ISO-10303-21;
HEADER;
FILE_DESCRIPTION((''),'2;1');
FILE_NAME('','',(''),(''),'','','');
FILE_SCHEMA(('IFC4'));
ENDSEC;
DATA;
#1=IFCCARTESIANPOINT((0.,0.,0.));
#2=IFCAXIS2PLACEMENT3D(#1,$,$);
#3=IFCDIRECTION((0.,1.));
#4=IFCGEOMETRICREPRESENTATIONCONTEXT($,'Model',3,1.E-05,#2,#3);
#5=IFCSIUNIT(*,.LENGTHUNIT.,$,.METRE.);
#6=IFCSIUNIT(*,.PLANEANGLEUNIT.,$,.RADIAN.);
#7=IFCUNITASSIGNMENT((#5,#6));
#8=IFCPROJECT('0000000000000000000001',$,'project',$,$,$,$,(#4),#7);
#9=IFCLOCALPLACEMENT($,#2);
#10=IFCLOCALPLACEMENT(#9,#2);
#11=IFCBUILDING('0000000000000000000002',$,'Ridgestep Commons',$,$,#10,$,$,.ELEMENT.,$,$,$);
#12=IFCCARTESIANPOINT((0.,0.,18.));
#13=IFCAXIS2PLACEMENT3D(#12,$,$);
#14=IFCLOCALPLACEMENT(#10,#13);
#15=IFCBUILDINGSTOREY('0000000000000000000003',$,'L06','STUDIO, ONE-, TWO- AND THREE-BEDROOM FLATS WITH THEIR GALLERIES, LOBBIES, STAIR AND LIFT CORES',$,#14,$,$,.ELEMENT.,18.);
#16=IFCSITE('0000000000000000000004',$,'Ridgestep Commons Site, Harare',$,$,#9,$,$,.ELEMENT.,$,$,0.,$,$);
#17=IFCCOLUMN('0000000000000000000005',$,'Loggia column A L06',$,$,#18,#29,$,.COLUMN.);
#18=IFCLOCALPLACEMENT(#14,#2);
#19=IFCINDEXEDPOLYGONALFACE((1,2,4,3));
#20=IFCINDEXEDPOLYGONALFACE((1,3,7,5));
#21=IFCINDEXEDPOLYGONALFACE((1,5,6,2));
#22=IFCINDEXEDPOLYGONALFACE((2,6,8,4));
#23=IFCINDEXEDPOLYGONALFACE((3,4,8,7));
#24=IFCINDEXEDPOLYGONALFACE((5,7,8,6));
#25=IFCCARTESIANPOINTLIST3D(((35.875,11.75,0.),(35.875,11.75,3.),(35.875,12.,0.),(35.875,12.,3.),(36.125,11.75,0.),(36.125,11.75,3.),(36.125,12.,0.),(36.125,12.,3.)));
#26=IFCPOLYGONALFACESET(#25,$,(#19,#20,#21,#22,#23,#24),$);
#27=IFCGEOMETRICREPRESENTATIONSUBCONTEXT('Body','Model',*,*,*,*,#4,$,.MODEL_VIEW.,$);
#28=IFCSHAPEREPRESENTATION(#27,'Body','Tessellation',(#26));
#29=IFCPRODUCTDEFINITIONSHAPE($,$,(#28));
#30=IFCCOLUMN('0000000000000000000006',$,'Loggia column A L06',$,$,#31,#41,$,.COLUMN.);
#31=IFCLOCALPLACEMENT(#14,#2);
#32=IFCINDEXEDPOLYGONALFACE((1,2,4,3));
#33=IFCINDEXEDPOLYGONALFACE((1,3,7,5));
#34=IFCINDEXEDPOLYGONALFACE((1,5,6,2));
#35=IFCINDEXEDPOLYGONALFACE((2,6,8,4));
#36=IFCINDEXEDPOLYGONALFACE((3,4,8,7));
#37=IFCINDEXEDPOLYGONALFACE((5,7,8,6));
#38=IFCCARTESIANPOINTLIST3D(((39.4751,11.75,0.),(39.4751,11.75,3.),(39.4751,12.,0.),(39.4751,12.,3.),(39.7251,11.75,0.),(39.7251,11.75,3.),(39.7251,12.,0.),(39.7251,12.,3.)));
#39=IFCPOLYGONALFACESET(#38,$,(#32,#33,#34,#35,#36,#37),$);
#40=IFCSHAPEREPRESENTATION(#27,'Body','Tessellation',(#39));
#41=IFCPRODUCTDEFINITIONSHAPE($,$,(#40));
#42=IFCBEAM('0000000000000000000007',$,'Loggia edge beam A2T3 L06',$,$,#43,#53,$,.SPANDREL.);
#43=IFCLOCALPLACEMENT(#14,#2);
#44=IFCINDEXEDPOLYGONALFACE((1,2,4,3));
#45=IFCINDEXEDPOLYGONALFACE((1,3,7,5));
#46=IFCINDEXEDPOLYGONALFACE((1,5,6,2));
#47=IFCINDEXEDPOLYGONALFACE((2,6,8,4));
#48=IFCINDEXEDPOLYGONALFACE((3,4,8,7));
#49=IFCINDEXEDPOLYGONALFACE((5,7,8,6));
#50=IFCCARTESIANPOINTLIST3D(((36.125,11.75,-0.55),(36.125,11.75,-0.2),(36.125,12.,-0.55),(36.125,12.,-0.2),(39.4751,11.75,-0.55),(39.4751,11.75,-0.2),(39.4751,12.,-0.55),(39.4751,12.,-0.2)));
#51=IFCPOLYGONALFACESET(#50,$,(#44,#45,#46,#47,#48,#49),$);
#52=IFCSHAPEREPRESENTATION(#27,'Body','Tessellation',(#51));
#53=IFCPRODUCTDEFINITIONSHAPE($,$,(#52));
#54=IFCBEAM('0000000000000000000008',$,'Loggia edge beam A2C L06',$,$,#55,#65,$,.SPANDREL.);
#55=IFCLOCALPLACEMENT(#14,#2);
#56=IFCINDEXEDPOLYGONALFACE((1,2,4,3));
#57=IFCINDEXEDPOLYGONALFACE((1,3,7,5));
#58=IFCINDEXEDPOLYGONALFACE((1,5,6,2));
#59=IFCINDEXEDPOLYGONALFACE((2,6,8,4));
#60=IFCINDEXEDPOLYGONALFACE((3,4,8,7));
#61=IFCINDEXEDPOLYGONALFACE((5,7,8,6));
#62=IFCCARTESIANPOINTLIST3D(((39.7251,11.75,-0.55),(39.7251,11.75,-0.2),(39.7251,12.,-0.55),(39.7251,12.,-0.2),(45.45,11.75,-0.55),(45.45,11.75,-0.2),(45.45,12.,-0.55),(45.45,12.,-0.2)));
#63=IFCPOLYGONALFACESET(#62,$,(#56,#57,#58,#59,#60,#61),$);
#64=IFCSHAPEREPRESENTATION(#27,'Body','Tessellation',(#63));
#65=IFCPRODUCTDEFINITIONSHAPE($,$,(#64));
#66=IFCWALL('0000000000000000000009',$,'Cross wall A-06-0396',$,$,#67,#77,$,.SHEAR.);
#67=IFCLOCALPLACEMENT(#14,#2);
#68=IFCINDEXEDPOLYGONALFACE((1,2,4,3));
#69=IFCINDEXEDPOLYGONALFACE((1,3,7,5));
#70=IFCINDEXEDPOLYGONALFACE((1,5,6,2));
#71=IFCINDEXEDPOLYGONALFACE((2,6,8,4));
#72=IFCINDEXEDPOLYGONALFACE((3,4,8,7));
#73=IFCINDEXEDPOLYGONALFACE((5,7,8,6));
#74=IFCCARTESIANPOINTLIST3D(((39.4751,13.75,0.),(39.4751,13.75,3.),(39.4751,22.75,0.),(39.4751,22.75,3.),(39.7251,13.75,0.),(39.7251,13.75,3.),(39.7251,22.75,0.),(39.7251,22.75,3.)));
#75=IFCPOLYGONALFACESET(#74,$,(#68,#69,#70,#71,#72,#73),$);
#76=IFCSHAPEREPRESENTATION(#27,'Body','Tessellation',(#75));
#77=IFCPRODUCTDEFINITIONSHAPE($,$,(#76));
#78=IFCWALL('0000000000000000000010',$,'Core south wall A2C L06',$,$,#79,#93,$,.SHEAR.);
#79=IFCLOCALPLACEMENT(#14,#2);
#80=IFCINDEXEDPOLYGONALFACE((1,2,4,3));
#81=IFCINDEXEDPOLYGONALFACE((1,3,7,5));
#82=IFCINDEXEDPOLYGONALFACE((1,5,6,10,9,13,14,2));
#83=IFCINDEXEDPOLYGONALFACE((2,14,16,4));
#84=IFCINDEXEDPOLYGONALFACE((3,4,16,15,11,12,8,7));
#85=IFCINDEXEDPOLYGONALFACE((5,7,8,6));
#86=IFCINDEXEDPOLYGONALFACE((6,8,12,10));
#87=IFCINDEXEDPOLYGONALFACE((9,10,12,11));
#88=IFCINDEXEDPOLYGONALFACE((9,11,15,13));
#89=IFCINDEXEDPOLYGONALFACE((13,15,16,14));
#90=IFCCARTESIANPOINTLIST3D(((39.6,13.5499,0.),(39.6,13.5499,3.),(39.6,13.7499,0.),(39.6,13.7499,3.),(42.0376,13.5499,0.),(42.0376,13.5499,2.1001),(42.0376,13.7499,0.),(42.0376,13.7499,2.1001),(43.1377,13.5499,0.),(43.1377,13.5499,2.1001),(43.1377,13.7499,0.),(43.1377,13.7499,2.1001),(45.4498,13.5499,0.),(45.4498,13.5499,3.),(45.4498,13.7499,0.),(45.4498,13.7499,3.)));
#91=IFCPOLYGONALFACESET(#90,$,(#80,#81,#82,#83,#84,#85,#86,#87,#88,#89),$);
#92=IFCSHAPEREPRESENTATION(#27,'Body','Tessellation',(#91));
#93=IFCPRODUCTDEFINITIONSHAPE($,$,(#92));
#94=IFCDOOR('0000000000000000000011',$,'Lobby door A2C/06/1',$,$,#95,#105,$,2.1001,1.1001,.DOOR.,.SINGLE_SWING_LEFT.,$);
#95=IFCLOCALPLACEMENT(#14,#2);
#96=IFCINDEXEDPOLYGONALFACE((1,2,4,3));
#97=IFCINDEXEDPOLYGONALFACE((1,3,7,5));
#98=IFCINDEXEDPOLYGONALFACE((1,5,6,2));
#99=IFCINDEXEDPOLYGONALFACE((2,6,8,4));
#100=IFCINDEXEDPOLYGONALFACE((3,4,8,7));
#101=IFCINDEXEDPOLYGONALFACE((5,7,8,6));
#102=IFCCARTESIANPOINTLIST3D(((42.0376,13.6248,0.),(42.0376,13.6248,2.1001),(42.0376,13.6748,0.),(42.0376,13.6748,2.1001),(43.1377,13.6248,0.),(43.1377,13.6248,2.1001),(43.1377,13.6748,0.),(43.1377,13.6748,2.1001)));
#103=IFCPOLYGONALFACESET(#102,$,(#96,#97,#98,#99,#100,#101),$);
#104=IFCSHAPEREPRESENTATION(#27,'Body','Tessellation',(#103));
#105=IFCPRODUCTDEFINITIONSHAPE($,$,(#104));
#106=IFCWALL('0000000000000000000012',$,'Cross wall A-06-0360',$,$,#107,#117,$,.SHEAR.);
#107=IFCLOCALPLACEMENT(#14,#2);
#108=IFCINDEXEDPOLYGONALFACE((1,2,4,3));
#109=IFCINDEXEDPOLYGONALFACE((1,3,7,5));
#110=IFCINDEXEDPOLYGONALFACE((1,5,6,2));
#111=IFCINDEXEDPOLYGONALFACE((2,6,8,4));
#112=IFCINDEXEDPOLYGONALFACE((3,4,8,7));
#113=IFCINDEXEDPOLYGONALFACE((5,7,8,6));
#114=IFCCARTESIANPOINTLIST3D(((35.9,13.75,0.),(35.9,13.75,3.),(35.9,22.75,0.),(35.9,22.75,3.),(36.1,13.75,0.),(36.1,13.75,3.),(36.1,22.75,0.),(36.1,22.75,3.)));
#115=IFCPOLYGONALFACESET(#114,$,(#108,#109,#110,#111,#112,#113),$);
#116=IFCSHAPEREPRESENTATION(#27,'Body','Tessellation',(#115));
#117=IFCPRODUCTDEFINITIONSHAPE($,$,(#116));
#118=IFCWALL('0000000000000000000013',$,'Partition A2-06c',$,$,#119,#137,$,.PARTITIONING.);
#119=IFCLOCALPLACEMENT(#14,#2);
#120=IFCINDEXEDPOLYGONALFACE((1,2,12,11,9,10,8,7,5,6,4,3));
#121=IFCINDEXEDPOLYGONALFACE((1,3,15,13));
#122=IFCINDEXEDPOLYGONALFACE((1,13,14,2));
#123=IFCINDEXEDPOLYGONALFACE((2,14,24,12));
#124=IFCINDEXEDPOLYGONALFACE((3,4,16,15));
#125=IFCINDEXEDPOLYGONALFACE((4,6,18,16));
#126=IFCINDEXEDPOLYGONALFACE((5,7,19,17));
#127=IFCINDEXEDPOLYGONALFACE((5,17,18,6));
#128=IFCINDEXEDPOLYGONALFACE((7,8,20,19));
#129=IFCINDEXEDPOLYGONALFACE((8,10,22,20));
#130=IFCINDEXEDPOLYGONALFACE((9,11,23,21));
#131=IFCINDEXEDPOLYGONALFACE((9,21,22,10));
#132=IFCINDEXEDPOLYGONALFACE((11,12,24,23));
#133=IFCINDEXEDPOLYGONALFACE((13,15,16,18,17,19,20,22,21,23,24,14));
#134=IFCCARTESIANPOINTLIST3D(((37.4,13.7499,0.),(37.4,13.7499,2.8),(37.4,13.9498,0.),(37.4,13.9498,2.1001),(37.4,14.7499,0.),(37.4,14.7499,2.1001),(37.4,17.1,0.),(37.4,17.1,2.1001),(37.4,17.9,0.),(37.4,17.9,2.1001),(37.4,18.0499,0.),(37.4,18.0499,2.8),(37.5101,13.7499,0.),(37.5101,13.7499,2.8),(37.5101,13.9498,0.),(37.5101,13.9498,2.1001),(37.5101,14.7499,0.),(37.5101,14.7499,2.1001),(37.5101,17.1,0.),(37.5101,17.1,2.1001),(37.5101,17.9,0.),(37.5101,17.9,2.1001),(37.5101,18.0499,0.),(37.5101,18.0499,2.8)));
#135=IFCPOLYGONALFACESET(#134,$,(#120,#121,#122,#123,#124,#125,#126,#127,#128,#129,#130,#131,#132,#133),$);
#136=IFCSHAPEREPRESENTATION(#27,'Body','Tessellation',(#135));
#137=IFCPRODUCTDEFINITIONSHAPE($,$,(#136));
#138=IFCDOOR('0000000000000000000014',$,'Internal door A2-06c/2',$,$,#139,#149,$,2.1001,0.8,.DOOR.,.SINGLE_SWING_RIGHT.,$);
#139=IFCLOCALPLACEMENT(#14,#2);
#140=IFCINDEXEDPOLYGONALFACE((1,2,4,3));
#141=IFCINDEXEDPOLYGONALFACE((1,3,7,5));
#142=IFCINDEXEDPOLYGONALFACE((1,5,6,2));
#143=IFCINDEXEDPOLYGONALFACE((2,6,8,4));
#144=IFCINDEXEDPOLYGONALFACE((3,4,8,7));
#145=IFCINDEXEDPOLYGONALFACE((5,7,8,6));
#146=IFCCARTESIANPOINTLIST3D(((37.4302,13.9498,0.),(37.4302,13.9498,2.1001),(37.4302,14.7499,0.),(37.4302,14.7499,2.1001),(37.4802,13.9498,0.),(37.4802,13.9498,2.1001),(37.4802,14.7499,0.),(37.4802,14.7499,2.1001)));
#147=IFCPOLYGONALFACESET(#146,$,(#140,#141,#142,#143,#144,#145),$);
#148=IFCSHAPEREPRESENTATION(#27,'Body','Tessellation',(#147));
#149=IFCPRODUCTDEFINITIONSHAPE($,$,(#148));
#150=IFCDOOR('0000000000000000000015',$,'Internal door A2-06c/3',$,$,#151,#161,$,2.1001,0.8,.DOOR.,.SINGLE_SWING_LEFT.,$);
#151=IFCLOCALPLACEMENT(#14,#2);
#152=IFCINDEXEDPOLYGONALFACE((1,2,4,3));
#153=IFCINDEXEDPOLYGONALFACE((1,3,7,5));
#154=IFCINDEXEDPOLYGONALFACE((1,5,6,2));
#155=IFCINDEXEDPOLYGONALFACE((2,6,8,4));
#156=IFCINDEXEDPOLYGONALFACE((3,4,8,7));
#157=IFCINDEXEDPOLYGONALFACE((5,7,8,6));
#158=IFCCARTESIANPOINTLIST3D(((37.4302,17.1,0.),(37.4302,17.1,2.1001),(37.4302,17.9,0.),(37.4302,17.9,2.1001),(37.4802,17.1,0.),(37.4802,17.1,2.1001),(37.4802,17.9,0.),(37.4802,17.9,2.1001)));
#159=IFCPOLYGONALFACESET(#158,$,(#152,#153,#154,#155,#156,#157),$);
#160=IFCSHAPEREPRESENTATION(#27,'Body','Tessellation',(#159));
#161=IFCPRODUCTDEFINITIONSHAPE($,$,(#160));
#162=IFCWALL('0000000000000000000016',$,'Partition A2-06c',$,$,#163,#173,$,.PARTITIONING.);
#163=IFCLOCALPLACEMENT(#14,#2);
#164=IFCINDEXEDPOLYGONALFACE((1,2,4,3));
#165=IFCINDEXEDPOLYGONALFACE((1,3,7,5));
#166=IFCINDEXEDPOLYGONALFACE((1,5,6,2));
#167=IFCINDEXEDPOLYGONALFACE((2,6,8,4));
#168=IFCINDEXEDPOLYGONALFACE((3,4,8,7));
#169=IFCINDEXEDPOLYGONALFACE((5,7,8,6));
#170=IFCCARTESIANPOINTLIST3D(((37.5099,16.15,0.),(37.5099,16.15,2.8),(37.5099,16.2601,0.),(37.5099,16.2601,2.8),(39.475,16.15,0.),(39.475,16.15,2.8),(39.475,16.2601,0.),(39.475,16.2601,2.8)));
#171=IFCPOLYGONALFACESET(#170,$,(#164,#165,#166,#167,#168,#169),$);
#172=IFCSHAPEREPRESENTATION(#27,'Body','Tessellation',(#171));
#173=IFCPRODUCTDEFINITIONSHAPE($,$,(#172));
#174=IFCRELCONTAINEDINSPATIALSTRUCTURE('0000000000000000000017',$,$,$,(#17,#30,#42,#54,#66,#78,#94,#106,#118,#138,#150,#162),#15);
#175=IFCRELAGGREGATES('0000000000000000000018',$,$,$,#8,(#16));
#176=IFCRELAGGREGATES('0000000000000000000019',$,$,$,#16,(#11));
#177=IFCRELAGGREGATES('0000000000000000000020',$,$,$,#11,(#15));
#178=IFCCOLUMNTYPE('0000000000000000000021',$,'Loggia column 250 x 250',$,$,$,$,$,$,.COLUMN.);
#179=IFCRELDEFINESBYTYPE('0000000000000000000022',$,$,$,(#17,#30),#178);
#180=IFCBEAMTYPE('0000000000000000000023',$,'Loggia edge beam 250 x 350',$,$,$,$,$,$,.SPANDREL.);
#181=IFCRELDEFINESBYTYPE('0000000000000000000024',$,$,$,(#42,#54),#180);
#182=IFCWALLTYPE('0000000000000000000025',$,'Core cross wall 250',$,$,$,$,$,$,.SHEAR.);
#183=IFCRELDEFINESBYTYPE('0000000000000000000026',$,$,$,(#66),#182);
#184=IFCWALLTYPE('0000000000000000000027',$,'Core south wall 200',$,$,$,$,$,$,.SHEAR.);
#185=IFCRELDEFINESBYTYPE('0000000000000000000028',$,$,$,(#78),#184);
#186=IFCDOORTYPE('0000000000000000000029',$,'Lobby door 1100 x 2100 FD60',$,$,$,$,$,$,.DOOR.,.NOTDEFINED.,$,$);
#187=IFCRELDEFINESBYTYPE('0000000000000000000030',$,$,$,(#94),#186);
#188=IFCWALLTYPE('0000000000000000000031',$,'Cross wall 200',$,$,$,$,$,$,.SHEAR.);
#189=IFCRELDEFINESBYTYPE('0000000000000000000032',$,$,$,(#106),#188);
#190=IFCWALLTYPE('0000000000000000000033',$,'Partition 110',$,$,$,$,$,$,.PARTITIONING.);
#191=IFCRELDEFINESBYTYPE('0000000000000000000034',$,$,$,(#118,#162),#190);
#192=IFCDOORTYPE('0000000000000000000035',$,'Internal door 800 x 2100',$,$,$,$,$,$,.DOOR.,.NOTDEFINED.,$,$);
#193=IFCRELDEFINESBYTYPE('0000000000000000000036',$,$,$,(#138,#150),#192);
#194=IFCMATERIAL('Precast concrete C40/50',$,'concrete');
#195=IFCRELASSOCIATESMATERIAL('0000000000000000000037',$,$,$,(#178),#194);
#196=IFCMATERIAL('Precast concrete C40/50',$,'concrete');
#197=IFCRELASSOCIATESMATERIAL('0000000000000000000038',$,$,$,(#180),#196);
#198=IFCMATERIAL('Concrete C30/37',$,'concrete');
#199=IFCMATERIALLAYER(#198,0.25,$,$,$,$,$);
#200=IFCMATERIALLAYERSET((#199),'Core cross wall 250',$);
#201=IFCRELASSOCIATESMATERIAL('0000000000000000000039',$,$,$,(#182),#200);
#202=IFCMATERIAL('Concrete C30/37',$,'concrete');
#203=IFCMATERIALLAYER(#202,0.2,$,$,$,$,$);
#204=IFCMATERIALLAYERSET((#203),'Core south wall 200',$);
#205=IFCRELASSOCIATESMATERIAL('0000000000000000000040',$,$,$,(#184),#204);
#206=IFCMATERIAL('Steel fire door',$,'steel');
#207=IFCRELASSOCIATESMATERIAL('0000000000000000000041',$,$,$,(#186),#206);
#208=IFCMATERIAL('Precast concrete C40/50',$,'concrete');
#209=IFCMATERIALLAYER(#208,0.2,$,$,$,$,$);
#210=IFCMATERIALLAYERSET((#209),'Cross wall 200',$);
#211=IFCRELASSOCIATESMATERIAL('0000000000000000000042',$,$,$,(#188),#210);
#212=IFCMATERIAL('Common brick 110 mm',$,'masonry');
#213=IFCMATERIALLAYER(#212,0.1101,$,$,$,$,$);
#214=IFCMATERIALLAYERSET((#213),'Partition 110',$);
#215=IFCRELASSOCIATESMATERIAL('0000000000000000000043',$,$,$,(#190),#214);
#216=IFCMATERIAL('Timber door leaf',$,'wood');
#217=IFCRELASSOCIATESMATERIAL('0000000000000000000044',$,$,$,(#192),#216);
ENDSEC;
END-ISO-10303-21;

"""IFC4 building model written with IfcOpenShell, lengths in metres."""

from ifc_helpers import new_model, si_unit, direction, frame, frame_2d, origin, origin_2d, place, context, subcontext, project, spatial, rectangle, extrude, material, layer, layer_set, material_profile, profile_set, type_object, element, fill, save


model = new_model("IFC4")

# Units and contexts
model_context = context("Model", 3, precision=1e-05, world=origin(), true_north=direction((0.0, 1.0)))
body_context = subcontext(model_context, "Body", "Model", "MODEL_VIEW")
ifc_project = project(units=[si_unit("LENGTHUNIT", "METRE"), si_unit("PLANEANGLEUNIT", "RADIAN")], contexts=[model_context])

# Site, building, storey
site_placement = place(None, origin())
site = spatial("IfcSite", under=ifc_project, at=site_placement, Name="Ridgestep Commons Site, Harare", CompositionType="ELEMENT", RefElevation=0.0)
building_placement = place(site_placement, origin())
building = spatial("IfcBuilding", under=site, at=building_placement, Name="Ridgestep Commons", CompositionType="ELEMENT")
storey_placement = place(building_placement, frame((0.0, 0.0, 18.0)))
storey = spatial("IfcBuildingStorey", under=building, at=storey_placement, Name="L06", Description="STUDIO, ONE-, TWO- AND THREE-BEDROOM FLATS WITH THEIR GALLERIES, LOBBIES, STAIR AND LIFT CORES", CompositionType="ELEMENT", Elevation=18.0)

# Columns
ifc_material_1 = material(Name="Precast concrete C40/50", Category="concrete")
ifc_material_profile_1 = material_profile(ifc_material_1, rectangle(XDim=0.25, YDim=0.25, at=origin_2d()), Name="PC 250x250")
ifc_profile_set_1 = profile_set([ifc_material_profile_1], Name="Precast concrete C40/50")
column_type = type_object("IfcColumnType", Name="Loggia column 250 x 250", PredefinedType="COLUMN", material=ifc_profile_set_1)
for number, where, z_axis, x_axis, name in (
    (1, (36.0, 11.875, 0.0), (0.0, 0.0, 1.0), (1.0, 0.0, 0.0), "Loggia column A L06"),
    (2, (39.6001, 11.875, 0.0), (0.0, 0.0, 1.0), (1.0, 0.0, 0.0), "Loggia column A L06"),
):
    element("IfcColumn", number, at=place(storey_placement, frame(where, z_axis=z_axis, x_axis=x_axis)), inside=storey, type_object=column_type, Name=name, PredefinedType="COLUMN", context=body_context, shape_type="SweptSolid", body=[
        extrude(rectangle(XDim=0.25, YDim=0.25, at=origin_2d()), origin(), (0.0, 0.0, 1.0), 3.0),
    ])

# Beams
ifc_material_2 = material(Name="Precast concrete C40/50", Category="concrete")
ifc_material_profile_2 = material_profile(ifc_material_2, rectangle(XDim=0.25, YDim=0.3501, at=origin_2d()), Name="PC 250x350")
ifc_profile_set_2 = profile_set([ifc_material_profile_2], Name="Precast concrete C40/50")
beam_type = type_object("IfcBeamType", Name="Loggia edge beam 250 x 350", PredefinedType="SPANDREL", material=ifc_profile_set_2)
beam_1_placement = place(storey_placement, frame((36.125, 11.875, -0.375), z_axis=(1.0, 0.0, 0.0), x_axis=(0.0, 1.0, 0.0)))
element("IfcBeam", 3, at=beam_1_placement, inside=storey, type_object=beam_type, Name="Loggia edge beam A2T3 L06", PredefinedType="SPANDREL", context=body_context, shape_type="SweptSolid", body=[
    extrude(rectangle(XDim=0.25, YDim=0.3501, at=origin_2d()), origin(), (0.0, 0.0, 1.0), 3.3501),
])
beam_2_placement = place(storey_placement, frame((39.7251, 11.875, -0.375), z_axis=(1.0, 0.0, 0.0), x_axis=(0.0, 1.0, 0.0)))
element("IfcBeam", 4, at=beam_2_placement, inside=storey, type_object=beam_type, Name="Loggia edge beam A2C L06", PredefinedType="SPANDREL", context=body_context, shape_type="SweptSolid", body=[
    extrude(rectangle(XDim=0.25, YDim=0.3501, at=origin_2d()), origin(), (0.0, 0.0, 1.0), 5.7249),
])

# Wall
ifc_material_3 = material(Name="Concrete C30/37", Category="concrete")
ifc_layer_1 = layer(ifc_material_3, 0.25)
ifc_layer_set_1 = layer_set([ifc_layer_1], Name="Core cross wall 250")
wall_type_1 = type_object("IfcWallType", Name="Core cross wall 250", PredefinedType="SHEAR", material=ifc_layer_set_1)
wall_1_placement = place(storey_placement, frame((39.6001, 13.75, 0.0), z_axis=(0.0, 0.0, 1.0), x_axis=(0.0, 1.0, 0.0)))
element("IfcWall", 5, at=wall_1_placement, inside=storey, type_object=wall_type_1, Name="Cross wall A-06-0396", PredefinedType="SHEAR", context=body_context, shape_type="SweptSolid", body=[
    extrude(rectangle(XDim=9.0, YDim=0.25, at=frame_2d((4.5, 0.0))), origin(), (0.0, 0.0, 1.0), 3.0),
])

# Wall, opening, door
ifc_material_4 = material(Name="Concrete C30/37", Category="concrete")
ifc_layer_2 = layer(ifc_material_4, 0.2)
ifc_layer_set_2 = layer_set([ifc_layer_2], Name="Core south wall 200")
wall_type_2 = type_object("IfcWallType", Name="Core south wall 200", PredefinedType="SHEAR", material=ifc_layer_set_2)
wall_2_placement = place(storey_placement, frame((39.6001, 13.6499, 0.0), z_axis=(0.0, 0.0, 1.0), x_axis=(1.0, 0.0, 0.0)))
wall_2 = element("IfcWall", 6, at=wall_2_placement, inside=storey, type_object=wall_type_2, Name="Core south wall A2C L06", PredefinedType="SHEAR", context=body_context, shape_type="SweptSolid", body=[
    extrude(rectangle(XDim=5.8499, YDim=0.2, at=frame_2d((2.9248, 0.0))), origin(), (0.0, 0.0, 1.0), 3.0),
])
opening_1_placement = place(wall_2_placement, frame((2.4375, 0.0, 0.0)))
opening_1 = element("IfcOpeningElement", 7, at=opening_1_placement, cuts=wall_2, PredefinedType="OPENING", context=body_context, shape_type="SweptSolid", body=[
    extrude(rectangle(XDim=1.1001, YDim=2.1001, at=frame_2d((0.55, 1.05))), frame((0.0, 0.1099, 0.0), z_axis=(0.0, -1.0, 0.0), x_axis=(1.0, 0.0, 0.0)), (0.0, 0.0, 1.0), 0.22),
])
ifc_material_5 = material(Name="Steel fire door", Category="steel")
door_type_1 = type_object("IfcDoorType", Name="Lobby door 1100 x 2100 FD60", OperationType="NOTDEFINED", PredefinedType="DOOR", material=ifc_material_5)
door_1_placement = place(opening_1_placement, origin())
door_1 = element("IfcDoor", 8, at=door_1_placement, inside=storey, type_object=door_type_1, Name="Lobby door A2C/06/1", OperationType="SINGLE_SWING_LEFT", OverallHeight=2.1001, OverallWidth=1.1001, PredefinedType="DOOR", context=body_context, shape_type="SweptSolid", body=[
    extrude(rectangle(XDim=1.1001, YDim=2.1001, at=frame_2d((0.55, 1.05))), frame((0.0, 0.0249, 0.0), z_axis=(0.0, -1.0, 0.0), x_axis=(1.0, 0.0, 0.0)), (0.0, 0.0, 1.0), 0.05),
])
fill(opening_1, door_1)

# Wall
ifc_material_6 = material(Name="Precast concrete C40/50", Category="concrete")
ifc_layer_3 = layer(ifc_material_6, 0.2)
ifc_layer_set_3 = layer_set([ifc_layer_3], Name="Cross wall 200")
wall_type_3 = type_object("IfcWallType", Name="Cross wall 200", PredefinedType="SHEAR", material=ifc_layer_set_3)
wall_3_placement = place(storey_placement, frame((36.0, 13.75, 0.0), z_axis=(0.0, 0.0, 1.0), x_axis=(0.0, 1.0, 0.0)))
element("IfcWall", 9, at=wall_3_placement, inside=storey, type_object=wall_type_3, Name="Cross wall A-06-0360", PredefinedType="SHEAR", context=body_context, shape_type="SweptSolid", body=[
    extrude(rectangle(XDim=9.0, YDim=0.2, at=frame_2d((4.5, 0.0))), origin(), (0.0, 0.0, 1.0), 3.0),
])

# Wall, openings, doors
ifc_material_7 = material(Name="Common brick 110 mm", Category="masonry")
ifc_layer_4 = layer(ifc_material_7, 0.1101)
ifc_layer_set_4 = layer_set([ifc_layer_4], Name="Partition 110")
wall_type_4 = type_object("IfcWallType", Name="Partition 110", PredefinedType="PARTITIONING", material=ifc_layer_set_4)
wall_4_placement = place(storey_placement, frame((37.4551, 13.75, 0.0), z_axis=(0.0, 0.0, 1.0), x_axis=(0.0, 1.0, 0.0)))
wall_4 = element("IfcWall", 10, at=wall_4_placement, inside=storey, type_object=wall_type_4, Name="Partition A2-06c", PredefinedType="PARTITIONING", context=body_context, shape_type="SweptSolid", body=[
    extrude(rectangle(XDim=4.3, YDim=0.1101, at=frame_2d((2.1499, 0.0))), origin(), (0.0, 0.0, 1.0), 2.8),
])
opening_2_placement = place(wall_4_placement, frame((0.2, 0.0, 0.0)))
opening_2 = element("IfcOpeningElement", 11, at=opening_2_placement, cuts=wall_4, PredefinedType="OPENING", context=body_context, shape_type="SweptSolid", body=[
    extrude(rectangle(XDim=0.8, YDim=2.1001, at=frame_2d((0.3999, 1.05))), frame((0.0, 0.0649, 0.0), z_axis=(0.0, -1.0, 0.0), x_axis=(1.0, 0.0, 0.0)), (0.0, 0.0, 1.0), 0.1301),
])
opening_3_placement = place(wall_4_placement, frame((3.3501, 0.0, 0.0)))
opening_3 = element("IfcOpeningElement", 12, at=opening_3_placement, cuts=wall_4, PredefinedType="OPENING", context=body_context, shape_type="SweptSolid", body=[
    extrude(rectangle(XDim=0.8, YDim=2.1001, at=frame_2d((0.3999, 1.05))), frame((0.0, 0.0649, 0.0), z_axis=(0.0, -1.0, 0.0), x_axis=(1.0, 0.0, 0.0)), (0.0, 0.0, 1.0), 0.1301),
])
ifc_material_8 = material(Name="Timber door leaf", Category="wood")
door_type_2 = type_object("IfcDoorType", Name="Internal door 800 x 2100", OperationType="NOTDEFINED", PredefinedType="DOOR", material=ifc_material_8)
door_2_placement = place(opening_2_placement, origin())
door_2 = element("IfcDoor", 13, at=door_2_placement, inside=storey, type_object=door_type_2, Name="Internal door A2-06c/2", OperationType="SINGLE_SWING_RIGHT", OverallHeight=2.1001, OverallWidth=0.8, PredefinedType="DOOR", context=body_context, shape_type="SweptSolid", body=[
    extrude(rectangle(XDim=0.8, YDim=2.1001, at=frame_2d((0.3999, 1.05))), frame((0.0, 0.0249, 0.0), z_axis=(0.0, -1.0, 0.0), x_axis=(1.0, 0.0, 0.0)), (0.0, 0.0, 1.0), 0.05),
])
fill(opening_2, door_2)
door_3_placement = place(opening_3_placement, origin())
door_3 = element("IfcDoor", 14, at=door_3_placement, inside=storey, type_object=door_type_2, Name="Internal door A2-06c/3", OperationType="SINGLE_SWING_LEFT", OverallHeight=2.1001, OverallWidth=0.8, PredefinedType="DOOR", context=body_context, shape_type="SweptSolid", body=[
    extrude(rectangle(XDim=0.8, YDim=2.1001, at=frame_2d((0.3999, 1.05))), frame((0.0, 0.0249, 0.0), z_axis=(0.0, -1.0, 0.0), x_axis=(1.0, 0.0, 0.0)), (0.0, 0.0, 1.0), 0.05),
])
fill(opening_3, door_3)

# Wall
wall_5_placement = place(storey_placement, frame((37.51, 16.2051, 0.0), z_axis=(0.0, 0.0, 1.0), x_axis=(1.0, 0.0, 0.0)))
element("IfcWall", 15, at=wall_5_placement, inside=storey, type_object=wall_type_4, Name="Partition A2-06c", PredefinedType="PARTITIONING", context=body_context, shape_type="SweptSolid", body=[
    extrude(rectangle(XDim=1.9651, YDim=0.1101, at=frame_2d((0.9824, 0.0))), origin(), (0.0, 0.0, 1.0), 2.8),
])

save(model, "model.ifc")
